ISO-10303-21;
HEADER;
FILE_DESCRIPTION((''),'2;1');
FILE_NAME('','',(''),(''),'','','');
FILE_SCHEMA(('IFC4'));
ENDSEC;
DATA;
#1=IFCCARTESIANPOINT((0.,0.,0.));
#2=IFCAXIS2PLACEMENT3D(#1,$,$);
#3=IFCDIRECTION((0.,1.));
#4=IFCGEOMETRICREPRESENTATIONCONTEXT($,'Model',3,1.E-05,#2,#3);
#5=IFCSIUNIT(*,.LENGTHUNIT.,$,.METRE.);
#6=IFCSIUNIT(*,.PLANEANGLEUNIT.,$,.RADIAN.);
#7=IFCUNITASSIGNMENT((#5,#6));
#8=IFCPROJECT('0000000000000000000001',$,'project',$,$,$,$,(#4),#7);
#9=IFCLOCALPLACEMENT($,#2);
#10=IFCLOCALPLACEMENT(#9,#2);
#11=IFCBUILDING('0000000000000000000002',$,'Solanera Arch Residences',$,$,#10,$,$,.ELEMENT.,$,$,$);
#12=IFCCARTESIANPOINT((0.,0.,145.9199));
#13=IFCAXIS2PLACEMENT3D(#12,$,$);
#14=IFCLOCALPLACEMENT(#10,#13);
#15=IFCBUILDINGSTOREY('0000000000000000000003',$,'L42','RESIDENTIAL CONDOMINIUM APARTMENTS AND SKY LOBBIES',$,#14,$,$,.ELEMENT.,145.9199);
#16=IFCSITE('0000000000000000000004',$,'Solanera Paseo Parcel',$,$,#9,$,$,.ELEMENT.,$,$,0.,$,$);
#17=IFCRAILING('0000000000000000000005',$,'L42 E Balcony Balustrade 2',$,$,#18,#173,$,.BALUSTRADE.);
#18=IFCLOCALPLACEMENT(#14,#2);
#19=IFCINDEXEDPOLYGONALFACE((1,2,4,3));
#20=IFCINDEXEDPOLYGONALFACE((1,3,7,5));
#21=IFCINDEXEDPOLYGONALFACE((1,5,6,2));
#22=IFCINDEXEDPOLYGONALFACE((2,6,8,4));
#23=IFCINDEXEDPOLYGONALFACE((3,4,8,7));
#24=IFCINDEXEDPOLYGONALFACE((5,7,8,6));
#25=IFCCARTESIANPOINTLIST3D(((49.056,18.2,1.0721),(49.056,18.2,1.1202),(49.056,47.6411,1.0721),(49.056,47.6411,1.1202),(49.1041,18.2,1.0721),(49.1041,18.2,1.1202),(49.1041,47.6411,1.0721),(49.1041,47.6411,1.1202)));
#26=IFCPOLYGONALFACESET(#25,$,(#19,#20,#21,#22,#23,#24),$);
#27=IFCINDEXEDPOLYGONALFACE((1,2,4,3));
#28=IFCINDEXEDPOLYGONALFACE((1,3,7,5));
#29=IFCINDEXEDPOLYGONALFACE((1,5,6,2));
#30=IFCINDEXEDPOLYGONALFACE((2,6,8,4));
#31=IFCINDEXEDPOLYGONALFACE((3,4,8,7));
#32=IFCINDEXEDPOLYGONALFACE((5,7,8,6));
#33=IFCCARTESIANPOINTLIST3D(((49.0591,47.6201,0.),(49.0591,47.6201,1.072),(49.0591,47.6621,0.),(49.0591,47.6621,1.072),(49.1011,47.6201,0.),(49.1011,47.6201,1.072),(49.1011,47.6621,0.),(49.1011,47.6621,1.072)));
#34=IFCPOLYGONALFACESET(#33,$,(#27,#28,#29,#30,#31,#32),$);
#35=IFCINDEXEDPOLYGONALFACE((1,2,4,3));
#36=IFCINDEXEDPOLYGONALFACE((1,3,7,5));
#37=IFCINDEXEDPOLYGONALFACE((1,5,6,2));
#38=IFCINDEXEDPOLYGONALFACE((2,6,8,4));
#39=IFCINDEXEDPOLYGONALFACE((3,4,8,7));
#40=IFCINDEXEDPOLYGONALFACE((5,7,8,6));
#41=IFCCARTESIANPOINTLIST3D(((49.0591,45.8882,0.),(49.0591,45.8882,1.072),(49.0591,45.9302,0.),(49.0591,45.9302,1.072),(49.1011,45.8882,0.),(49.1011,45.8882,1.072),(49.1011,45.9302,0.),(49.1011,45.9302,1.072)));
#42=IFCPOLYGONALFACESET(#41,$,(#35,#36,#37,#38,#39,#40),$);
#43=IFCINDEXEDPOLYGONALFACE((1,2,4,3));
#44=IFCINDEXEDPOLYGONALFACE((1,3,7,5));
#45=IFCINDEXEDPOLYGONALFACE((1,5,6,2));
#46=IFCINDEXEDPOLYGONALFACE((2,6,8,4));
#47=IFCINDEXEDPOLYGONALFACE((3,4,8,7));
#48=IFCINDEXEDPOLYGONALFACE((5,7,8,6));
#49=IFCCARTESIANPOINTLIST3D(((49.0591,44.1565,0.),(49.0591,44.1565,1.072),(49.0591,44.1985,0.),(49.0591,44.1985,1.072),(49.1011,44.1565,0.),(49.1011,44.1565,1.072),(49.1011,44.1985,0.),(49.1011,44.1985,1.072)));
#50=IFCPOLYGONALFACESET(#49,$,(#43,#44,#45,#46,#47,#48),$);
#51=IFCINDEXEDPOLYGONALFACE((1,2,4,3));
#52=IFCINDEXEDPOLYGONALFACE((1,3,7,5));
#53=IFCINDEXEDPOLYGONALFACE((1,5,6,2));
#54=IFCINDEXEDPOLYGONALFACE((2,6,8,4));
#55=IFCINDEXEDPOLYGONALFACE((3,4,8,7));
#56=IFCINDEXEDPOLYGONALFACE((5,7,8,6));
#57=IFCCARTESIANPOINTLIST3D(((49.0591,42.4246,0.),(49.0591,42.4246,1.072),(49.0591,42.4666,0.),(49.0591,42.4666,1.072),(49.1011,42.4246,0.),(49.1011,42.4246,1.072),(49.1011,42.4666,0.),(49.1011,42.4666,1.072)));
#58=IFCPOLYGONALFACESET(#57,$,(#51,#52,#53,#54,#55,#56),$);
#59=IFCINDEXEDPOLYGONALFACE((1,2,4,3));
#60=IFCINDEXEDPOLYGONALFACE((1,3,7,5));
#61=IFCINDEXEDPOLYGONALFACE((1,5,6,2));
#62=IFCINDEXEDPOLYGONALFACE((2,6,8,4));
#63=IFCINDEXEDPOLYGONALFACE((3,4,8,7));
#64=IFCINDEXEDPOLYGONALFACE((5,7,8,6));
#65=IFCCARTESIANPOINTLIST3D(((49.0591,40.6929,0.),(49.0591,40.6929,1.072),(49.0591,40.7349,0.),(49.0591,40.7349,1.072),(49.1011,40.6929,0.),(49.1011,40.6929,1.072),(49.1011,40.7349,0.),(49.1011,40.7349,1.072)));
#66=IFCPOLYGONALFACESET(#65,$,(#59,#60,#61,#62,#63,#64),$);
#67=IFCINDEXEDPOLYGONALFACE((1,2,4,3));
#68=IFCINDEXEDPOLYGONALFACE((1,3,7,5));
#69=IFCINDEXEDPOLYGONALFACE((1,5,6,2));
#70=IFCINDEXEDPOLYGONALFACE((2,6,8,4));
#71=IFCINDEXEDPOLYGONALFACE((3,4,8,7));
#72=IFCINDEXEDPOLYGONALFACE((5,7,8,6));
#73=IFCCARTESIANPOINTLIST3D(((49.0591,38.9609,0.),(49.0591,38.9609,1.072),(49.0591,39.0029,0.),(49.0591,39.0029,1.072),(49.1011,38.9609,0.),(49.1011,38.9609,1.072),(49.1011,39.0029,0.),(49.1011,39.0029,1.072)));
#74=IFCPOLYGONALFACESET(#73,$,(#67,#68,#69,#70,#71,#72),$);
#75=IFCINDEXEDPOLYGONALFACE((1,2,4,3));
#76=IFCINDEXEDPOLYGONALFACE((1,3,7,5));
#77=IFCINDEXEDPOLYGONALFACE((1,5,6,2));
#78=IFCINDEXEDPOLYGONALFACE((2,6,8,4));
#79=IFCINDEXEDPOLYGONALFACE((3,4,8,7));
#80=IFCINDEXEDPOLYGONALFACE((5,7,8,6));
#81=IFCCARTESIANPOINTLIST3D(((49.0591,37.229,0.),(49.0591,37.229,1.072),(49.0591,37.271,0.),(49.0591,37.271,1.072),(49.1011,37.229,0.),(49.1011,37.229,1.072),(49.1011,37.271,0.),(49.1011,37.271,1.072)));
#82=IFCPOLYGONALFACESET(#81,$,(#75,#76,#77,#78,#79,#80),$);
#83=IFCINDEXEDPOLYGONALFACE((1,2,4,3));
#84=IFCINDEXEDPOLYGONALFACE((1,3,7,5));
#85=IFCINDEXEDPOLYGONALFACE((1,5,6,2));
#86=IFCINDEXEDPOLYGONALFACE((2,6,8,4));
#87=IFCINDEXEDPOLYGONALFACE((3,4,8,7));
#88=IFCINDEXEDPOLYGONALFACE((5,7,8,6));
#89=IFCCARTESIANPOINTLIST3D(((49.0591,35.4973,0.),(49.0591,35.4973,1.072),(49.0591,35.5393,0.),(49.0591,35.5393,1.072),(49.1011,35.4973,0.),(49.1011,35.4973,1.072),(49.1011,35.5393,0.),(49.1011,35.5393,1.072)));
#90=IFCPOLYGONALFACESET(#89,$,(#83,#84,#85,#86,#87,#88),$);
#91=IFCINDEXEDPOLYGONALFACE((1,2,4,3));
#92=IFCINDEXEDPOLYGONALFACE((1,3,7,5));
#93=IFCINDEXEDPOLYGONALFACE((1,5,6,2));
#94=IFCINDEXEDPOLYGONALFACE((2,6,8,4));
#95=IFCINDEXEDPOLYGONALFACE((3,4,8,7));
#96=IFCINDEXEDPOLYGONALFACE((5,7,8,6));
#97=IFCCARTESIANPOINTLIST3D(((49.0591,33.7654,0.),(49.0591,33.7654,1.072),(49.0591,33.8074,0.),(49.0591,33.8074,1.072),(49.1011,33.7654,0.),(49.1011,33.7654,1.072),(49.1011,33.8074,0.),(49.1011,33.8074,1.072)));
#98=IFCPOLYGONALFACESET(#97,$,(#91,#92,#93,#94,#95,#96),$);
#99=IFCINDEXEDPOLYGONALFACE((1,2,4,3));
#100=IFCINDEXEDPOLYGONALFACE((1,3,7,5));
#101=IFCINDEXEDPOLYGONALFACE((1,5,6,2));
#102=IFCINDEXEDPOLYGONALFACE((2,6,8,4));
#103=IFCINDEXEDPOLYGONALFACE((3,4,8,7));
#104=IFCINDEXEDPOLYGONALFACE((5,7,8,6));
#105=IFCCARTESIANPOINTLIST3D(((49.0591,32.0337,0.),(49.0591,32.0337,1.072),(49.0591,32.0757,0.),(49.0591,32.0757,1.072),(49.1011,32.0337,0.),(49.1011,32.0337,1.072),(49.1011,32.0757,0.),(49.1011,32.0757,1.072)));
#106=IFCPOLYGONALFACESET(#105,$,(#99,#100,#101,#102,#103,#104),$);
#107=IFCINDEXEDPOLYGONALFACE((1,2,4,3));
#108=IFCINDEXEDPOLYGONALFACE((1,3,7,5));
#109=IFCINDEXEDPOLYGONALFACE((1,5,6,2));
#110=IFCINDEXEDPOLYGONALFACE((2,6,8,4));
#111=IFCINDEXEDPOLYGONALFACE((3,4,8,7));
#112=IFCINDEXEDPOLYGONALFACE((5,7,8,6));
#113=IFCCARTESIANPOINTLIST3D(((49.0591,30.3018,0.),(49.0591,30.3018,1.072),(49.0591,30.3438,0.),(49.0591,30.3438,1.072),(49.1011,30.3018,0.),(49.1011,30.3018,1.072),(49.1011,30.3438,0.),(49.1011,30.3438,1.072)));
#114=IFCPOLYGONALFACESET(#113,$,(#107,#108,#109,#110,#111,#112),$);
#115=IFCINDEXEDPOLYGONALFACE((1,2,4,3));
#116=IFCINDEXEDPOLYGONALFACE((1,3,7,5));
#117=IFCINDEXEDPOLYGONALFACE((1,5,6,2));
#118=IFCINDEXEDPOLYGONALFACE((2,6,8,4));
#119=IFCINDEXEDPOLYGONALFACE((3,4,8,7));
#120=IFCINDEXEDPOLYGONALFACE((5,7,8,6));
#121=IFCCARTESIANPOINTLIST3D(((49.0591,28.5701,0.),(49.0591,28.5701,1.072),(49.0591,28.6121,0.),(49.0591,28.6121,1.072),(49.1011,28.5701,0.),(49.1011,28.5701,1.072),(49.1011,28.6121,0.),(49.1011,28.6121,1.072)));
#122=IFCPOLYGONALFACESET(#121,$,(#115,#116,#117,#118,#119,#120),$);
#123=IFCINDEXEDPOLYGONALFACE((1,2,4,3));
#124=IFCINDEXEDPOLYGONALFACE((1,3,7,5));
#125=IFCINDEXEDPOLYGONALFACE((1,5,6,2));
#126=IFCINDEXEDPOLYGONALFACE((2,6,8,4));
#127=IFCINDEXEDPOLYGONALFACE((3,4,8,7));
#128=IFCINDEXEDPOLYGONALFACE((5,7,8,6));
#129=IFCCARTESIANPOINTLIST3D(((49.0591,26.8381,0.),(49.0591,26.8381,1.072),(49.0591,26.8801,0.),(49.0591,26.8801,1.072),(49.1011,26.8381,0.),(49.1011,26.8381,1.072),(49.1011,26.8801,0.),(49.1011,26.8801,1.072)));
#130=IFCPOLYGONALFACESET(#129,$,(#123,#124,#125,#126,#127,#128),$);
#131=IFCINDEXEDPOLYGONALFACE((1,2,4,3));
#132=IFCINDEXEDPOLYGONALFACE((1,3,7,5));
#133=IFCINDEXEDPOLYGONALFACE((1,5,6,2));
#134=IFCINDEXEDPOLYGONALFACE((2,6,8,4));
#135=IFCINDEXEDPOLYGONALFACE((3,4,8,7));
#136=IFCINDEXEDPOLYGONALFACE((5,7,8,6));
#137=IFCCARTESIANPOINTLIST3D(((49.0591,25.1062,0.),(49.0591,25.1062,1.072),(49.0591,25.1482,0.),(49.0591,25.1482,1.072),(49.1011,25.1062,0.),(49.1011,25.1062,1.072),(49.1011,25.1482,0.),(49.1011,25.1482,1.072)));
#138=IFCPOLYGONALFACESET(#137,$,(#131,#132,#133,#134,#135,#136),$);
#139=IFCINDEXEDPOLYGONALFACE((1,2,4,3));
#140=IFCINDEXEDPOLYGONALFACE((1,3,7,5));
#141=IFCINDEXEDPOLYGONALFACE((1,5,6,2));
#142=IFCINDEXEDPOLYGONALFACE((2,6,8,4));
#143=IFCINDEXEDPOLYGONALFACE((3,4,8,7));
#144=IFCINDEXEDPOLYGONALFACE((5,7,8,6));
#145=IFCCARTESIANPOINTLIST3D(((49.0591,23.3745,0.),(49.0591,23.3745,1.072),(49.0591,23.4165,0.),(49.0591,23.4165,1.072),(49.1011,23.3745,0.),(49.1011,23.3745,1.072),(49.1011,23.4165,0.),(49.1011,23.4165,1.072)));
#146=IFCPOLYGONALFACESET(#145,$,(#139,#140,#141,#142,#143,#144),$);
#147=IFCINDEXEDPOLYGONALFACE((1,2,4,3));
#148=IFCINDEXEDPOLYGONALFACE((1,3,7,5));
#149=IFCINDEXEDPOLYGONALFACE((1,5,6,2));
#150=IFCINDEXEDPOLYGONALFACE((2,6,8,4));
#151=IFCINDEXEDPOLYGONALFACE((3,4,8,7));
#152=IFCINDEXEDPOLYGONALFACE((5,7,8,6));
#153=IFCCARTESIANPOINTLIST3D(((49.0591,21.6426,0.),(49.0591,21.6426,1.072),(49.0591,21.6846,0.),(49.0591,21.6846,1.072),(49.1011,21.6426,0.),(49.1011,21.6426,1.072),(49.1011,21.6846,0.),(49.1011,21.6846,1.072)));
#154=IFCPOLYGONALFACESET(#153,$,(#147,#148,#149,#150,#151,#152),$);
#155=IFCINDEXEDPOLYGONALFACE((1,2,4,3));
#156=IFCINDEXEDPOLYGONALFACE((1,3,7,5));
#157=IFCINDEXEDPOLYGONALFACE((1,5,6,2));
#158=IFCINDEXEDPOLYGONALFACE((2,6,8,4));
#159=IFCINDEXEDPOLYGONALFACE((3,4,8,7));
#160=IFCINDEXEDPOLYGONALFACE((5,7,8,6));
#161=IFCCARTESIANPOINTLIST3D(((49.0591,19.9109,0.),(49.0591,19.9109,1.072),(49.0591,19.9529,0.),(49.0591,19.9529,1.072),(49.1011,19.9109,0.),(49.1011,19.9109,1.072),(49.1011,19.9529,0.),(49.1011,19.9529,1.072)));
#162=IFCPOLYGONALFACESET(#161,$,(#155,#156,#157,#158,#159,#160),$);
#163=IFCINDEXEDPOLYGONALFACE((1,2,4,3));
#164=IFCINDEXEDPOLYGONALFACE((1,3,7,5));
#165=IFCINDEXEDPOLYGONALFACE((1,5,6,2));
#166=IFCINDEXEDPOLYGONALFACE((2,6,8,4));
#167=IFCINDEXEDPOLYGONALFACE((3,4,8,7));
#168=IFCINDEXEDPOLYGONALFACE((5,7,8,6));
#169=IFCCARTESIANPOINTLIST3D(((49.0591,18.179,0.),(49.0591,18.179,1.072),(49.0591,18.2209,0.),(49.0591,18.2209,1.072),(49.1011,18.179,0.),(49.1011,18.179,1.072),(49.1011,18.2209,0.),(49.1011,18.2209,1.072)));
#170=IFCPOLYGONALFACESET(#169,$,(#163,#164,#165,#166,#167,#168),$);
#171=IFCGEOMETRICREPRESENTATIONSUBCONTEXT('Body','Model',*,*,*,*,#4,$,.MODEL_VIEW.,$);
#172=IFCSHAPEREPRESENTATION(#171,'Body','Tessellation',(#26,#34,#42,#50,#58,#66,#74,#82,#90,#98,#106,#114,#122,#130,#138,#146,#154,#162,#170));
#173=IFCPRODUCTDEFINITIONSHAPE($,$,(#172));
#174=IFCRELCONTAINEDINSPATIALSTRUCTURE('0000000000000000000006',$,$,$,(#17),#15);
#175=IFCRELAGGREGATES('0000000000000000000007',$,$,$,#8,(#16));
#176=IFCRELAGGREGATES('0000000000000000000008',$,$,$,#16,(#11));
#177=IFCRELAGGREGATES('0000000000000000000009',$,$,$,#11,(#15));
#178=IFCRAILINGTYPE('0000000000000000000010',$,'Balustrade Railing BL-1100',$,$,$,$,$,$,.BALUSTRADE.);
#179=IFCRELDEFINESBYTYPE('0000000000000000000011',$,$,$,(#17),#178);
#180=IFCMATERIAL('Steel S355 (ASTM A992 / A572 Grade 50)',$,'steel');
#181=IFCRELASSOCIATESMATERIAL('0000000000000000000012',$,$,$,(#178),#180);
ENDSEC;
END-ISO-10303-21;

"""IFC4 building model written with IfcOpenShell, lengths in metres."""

from ifc_helpers import new_model, si_unit, direction, frame, origin, origin_2d, place, context, subcontext, project, spatial, rectangle, extrude, material, type_object, element, save


model = new_model("IFC4")

# Units and contexts
model_context = context("Model", 3, precision=1e-05, world=origin(), true_north=direction((0.0, 1.0)))
body_context = subcontext(model_context, "Body", "Model", "MODEL_VIEW")
ifc_project = project(units=[si_unit("LENGTHUNIT", "METRE"), si_unit("PLANEANGLEUNIT", "RADIAN")], contexts=[model_context])

# Site, building, storey
site_placement = place(None, origin())
site = spatial("IfcSite", under=ifc_project, at=site_placement, Name="Solanera Paseo Parcel", CompositionType="ELEMENT", RefElevation=0.0)
building_placement = place(site_placement, origin())
building = spatial("IfcBuilding", under=site, at=building_placement, Name="Solanera Arch Residences", CompositionType="ELEMENT")
storey_placement = place(building_placement, frame((0.0, 0.0, 145.9199)))
storey = spatial("IfcBuildingStorey", under=building, at=storey_placement, Name="L42", Description="RESIDENTIAL CONDOMINIUM APARTMENTS AND SKY LOBBIES", CompositionType="ELEMENT", Elevation=145.9199)

# Railing
ifc_material_1 = material(Name="Steel S355 (ASTM A992 / A572 Grade 50)", Category="steel")
railing_type = type_object("IfcRailingType", Name="Balustrade Railing BL-1100", PredefinedType="BALUSTRADE", material=ifc_material_1)
railing_1_placement = place(storey_placement, frame((49.0801, 47.6411, 0.0)))
element("IfcRailing", 1, at=railing_1_placement, inside=storey, type_object=railing_type, Name="L42 E Balcony Balustrade 2", PredefinedType="BALUSTRADE", context=body_context, shape_type="SweptSolid", body=[
    extrude(rectangle(XDim=0.0481, YDim=0.0481, at=origin_2d()), frame((0.0, 0.0, 1.0962), z_axis=(0.0, -1.0, 0.0), x_axis=(1.0, 0.0, 0.0)), (0.0, 0.0, 1.0), 29.4412),
    extrude(rectangle(XDim=0.042, YDim=0.042, at=origin_2d()), origin(), (0.0, 0.0, 1.0), 1.072),
    extrude(rectangle(XDim=0.042, YDim=0.042, at=origin_2d()), frame((0.0, -1.7319, 0.0)), (0.0, 0.0, 1.0), 1.072),
    extrude(rectangle(XDim=0.042, YDim=0.042, at=origin_2d()), frame((0.0, -3.4636, 0.0)), (0.0, 0.0, 1.0), 1.072),
    extrude(rectangle(XDim=0.042, YDim=0.042, at=origin_2d()), frame((0.0, -5.1956, 0.0)), (0.0, 0.0, 1.0), 1.072),
    extrude(rectangle(XDim=0.042, YDim=0.042, at=origin_2d()), frame((0.0, -6.9272, 0.0)), (0.0, 0.0, 1.0), 1.072),
    extrude(rectangle(XDim=0.042, YDim=0.042, at=origin_2d()), frame((0.0, -8.6592, 0.0)), (0.0, 0.0, 1.0), 1.072),
    extrude(rectangle(XDim=0.042, YDim=0.042, at=origin_2d()), frame((0.0, -10.3911, 0.0)), (0.0, 0.0, 1.0), 1.072),
    extrude(rectangle(XDim=0.042, YDim=0.042, at=origin_2d()), frame((0.0, -12.1228, 0.0)), (0.0, 0.0, 1.0), 1.072),
    extrude(rectangle(XDim=0.042, YDim=0.042, at=origin_2d()), frame((0.0, -13.8547, 0.0)), (0.0, 0.0, 1.0), 1.072),
    extrude(rectangle(XDim=0.042, YDim=0.042, at=origin_2d()), frame((0.0, -15.5864, 0.0)), (0.0, 0.0, 1.0), 1.072),
    extrude(rectangle(XDim=0.042, YDim=0.042, at=origin_2d()), frame((0.0, -17.3184, 0.0)), (0.0, 0.0, 1.0), 1.072),
    extrude(rectangle(XDim=0.042, YDim=0.042, at=origin_2d()), frame((0.0, -19.05, 0.0)), (0.0, 0.0, 1.0), 1.072),
    extrude(rectangle(XDim=0.042, YDim=0.042, at=origin_2d()), frame((0.0, -20.782, 0.0)), (0.0, 0.0, 1.0), 1.072),
    extrude(rectangle(XDim=0.042, YDim=0.042, at=origin_2d()), frame((0.0, -22.5139, 0.0)), (0.0, 0.0, 1.0), 1.072),
    extrude(rectangle(XDim=0.042, YDim=0.042, at=origin_2d()), frame((0.0, -24.2456, 0.0)), (0.0, 0.0, 1.0), 1.072),
    extrude(rectangle(XDim=0.042, YDim=0.042, at=origin_2d()), frame((0.0, -25.9775, 0.0)), (0.0, 0.0, 1.0), 1.072),
    extrude(rectangle(XDim=0.042, YDim=0.042, at=origin_2d()), frame((0.0, -27.7092, 0.0)), (0.0, 0.0, 1.0), 1.072),
    extrude(rectangle(XDim=0.042, YDim=0.042, at=origin_2d()), frame((0.0, -29.4412, 0.0)), (0.0, 0.0, 1.0), 1.072),
])

save(model, "model.ifc")
